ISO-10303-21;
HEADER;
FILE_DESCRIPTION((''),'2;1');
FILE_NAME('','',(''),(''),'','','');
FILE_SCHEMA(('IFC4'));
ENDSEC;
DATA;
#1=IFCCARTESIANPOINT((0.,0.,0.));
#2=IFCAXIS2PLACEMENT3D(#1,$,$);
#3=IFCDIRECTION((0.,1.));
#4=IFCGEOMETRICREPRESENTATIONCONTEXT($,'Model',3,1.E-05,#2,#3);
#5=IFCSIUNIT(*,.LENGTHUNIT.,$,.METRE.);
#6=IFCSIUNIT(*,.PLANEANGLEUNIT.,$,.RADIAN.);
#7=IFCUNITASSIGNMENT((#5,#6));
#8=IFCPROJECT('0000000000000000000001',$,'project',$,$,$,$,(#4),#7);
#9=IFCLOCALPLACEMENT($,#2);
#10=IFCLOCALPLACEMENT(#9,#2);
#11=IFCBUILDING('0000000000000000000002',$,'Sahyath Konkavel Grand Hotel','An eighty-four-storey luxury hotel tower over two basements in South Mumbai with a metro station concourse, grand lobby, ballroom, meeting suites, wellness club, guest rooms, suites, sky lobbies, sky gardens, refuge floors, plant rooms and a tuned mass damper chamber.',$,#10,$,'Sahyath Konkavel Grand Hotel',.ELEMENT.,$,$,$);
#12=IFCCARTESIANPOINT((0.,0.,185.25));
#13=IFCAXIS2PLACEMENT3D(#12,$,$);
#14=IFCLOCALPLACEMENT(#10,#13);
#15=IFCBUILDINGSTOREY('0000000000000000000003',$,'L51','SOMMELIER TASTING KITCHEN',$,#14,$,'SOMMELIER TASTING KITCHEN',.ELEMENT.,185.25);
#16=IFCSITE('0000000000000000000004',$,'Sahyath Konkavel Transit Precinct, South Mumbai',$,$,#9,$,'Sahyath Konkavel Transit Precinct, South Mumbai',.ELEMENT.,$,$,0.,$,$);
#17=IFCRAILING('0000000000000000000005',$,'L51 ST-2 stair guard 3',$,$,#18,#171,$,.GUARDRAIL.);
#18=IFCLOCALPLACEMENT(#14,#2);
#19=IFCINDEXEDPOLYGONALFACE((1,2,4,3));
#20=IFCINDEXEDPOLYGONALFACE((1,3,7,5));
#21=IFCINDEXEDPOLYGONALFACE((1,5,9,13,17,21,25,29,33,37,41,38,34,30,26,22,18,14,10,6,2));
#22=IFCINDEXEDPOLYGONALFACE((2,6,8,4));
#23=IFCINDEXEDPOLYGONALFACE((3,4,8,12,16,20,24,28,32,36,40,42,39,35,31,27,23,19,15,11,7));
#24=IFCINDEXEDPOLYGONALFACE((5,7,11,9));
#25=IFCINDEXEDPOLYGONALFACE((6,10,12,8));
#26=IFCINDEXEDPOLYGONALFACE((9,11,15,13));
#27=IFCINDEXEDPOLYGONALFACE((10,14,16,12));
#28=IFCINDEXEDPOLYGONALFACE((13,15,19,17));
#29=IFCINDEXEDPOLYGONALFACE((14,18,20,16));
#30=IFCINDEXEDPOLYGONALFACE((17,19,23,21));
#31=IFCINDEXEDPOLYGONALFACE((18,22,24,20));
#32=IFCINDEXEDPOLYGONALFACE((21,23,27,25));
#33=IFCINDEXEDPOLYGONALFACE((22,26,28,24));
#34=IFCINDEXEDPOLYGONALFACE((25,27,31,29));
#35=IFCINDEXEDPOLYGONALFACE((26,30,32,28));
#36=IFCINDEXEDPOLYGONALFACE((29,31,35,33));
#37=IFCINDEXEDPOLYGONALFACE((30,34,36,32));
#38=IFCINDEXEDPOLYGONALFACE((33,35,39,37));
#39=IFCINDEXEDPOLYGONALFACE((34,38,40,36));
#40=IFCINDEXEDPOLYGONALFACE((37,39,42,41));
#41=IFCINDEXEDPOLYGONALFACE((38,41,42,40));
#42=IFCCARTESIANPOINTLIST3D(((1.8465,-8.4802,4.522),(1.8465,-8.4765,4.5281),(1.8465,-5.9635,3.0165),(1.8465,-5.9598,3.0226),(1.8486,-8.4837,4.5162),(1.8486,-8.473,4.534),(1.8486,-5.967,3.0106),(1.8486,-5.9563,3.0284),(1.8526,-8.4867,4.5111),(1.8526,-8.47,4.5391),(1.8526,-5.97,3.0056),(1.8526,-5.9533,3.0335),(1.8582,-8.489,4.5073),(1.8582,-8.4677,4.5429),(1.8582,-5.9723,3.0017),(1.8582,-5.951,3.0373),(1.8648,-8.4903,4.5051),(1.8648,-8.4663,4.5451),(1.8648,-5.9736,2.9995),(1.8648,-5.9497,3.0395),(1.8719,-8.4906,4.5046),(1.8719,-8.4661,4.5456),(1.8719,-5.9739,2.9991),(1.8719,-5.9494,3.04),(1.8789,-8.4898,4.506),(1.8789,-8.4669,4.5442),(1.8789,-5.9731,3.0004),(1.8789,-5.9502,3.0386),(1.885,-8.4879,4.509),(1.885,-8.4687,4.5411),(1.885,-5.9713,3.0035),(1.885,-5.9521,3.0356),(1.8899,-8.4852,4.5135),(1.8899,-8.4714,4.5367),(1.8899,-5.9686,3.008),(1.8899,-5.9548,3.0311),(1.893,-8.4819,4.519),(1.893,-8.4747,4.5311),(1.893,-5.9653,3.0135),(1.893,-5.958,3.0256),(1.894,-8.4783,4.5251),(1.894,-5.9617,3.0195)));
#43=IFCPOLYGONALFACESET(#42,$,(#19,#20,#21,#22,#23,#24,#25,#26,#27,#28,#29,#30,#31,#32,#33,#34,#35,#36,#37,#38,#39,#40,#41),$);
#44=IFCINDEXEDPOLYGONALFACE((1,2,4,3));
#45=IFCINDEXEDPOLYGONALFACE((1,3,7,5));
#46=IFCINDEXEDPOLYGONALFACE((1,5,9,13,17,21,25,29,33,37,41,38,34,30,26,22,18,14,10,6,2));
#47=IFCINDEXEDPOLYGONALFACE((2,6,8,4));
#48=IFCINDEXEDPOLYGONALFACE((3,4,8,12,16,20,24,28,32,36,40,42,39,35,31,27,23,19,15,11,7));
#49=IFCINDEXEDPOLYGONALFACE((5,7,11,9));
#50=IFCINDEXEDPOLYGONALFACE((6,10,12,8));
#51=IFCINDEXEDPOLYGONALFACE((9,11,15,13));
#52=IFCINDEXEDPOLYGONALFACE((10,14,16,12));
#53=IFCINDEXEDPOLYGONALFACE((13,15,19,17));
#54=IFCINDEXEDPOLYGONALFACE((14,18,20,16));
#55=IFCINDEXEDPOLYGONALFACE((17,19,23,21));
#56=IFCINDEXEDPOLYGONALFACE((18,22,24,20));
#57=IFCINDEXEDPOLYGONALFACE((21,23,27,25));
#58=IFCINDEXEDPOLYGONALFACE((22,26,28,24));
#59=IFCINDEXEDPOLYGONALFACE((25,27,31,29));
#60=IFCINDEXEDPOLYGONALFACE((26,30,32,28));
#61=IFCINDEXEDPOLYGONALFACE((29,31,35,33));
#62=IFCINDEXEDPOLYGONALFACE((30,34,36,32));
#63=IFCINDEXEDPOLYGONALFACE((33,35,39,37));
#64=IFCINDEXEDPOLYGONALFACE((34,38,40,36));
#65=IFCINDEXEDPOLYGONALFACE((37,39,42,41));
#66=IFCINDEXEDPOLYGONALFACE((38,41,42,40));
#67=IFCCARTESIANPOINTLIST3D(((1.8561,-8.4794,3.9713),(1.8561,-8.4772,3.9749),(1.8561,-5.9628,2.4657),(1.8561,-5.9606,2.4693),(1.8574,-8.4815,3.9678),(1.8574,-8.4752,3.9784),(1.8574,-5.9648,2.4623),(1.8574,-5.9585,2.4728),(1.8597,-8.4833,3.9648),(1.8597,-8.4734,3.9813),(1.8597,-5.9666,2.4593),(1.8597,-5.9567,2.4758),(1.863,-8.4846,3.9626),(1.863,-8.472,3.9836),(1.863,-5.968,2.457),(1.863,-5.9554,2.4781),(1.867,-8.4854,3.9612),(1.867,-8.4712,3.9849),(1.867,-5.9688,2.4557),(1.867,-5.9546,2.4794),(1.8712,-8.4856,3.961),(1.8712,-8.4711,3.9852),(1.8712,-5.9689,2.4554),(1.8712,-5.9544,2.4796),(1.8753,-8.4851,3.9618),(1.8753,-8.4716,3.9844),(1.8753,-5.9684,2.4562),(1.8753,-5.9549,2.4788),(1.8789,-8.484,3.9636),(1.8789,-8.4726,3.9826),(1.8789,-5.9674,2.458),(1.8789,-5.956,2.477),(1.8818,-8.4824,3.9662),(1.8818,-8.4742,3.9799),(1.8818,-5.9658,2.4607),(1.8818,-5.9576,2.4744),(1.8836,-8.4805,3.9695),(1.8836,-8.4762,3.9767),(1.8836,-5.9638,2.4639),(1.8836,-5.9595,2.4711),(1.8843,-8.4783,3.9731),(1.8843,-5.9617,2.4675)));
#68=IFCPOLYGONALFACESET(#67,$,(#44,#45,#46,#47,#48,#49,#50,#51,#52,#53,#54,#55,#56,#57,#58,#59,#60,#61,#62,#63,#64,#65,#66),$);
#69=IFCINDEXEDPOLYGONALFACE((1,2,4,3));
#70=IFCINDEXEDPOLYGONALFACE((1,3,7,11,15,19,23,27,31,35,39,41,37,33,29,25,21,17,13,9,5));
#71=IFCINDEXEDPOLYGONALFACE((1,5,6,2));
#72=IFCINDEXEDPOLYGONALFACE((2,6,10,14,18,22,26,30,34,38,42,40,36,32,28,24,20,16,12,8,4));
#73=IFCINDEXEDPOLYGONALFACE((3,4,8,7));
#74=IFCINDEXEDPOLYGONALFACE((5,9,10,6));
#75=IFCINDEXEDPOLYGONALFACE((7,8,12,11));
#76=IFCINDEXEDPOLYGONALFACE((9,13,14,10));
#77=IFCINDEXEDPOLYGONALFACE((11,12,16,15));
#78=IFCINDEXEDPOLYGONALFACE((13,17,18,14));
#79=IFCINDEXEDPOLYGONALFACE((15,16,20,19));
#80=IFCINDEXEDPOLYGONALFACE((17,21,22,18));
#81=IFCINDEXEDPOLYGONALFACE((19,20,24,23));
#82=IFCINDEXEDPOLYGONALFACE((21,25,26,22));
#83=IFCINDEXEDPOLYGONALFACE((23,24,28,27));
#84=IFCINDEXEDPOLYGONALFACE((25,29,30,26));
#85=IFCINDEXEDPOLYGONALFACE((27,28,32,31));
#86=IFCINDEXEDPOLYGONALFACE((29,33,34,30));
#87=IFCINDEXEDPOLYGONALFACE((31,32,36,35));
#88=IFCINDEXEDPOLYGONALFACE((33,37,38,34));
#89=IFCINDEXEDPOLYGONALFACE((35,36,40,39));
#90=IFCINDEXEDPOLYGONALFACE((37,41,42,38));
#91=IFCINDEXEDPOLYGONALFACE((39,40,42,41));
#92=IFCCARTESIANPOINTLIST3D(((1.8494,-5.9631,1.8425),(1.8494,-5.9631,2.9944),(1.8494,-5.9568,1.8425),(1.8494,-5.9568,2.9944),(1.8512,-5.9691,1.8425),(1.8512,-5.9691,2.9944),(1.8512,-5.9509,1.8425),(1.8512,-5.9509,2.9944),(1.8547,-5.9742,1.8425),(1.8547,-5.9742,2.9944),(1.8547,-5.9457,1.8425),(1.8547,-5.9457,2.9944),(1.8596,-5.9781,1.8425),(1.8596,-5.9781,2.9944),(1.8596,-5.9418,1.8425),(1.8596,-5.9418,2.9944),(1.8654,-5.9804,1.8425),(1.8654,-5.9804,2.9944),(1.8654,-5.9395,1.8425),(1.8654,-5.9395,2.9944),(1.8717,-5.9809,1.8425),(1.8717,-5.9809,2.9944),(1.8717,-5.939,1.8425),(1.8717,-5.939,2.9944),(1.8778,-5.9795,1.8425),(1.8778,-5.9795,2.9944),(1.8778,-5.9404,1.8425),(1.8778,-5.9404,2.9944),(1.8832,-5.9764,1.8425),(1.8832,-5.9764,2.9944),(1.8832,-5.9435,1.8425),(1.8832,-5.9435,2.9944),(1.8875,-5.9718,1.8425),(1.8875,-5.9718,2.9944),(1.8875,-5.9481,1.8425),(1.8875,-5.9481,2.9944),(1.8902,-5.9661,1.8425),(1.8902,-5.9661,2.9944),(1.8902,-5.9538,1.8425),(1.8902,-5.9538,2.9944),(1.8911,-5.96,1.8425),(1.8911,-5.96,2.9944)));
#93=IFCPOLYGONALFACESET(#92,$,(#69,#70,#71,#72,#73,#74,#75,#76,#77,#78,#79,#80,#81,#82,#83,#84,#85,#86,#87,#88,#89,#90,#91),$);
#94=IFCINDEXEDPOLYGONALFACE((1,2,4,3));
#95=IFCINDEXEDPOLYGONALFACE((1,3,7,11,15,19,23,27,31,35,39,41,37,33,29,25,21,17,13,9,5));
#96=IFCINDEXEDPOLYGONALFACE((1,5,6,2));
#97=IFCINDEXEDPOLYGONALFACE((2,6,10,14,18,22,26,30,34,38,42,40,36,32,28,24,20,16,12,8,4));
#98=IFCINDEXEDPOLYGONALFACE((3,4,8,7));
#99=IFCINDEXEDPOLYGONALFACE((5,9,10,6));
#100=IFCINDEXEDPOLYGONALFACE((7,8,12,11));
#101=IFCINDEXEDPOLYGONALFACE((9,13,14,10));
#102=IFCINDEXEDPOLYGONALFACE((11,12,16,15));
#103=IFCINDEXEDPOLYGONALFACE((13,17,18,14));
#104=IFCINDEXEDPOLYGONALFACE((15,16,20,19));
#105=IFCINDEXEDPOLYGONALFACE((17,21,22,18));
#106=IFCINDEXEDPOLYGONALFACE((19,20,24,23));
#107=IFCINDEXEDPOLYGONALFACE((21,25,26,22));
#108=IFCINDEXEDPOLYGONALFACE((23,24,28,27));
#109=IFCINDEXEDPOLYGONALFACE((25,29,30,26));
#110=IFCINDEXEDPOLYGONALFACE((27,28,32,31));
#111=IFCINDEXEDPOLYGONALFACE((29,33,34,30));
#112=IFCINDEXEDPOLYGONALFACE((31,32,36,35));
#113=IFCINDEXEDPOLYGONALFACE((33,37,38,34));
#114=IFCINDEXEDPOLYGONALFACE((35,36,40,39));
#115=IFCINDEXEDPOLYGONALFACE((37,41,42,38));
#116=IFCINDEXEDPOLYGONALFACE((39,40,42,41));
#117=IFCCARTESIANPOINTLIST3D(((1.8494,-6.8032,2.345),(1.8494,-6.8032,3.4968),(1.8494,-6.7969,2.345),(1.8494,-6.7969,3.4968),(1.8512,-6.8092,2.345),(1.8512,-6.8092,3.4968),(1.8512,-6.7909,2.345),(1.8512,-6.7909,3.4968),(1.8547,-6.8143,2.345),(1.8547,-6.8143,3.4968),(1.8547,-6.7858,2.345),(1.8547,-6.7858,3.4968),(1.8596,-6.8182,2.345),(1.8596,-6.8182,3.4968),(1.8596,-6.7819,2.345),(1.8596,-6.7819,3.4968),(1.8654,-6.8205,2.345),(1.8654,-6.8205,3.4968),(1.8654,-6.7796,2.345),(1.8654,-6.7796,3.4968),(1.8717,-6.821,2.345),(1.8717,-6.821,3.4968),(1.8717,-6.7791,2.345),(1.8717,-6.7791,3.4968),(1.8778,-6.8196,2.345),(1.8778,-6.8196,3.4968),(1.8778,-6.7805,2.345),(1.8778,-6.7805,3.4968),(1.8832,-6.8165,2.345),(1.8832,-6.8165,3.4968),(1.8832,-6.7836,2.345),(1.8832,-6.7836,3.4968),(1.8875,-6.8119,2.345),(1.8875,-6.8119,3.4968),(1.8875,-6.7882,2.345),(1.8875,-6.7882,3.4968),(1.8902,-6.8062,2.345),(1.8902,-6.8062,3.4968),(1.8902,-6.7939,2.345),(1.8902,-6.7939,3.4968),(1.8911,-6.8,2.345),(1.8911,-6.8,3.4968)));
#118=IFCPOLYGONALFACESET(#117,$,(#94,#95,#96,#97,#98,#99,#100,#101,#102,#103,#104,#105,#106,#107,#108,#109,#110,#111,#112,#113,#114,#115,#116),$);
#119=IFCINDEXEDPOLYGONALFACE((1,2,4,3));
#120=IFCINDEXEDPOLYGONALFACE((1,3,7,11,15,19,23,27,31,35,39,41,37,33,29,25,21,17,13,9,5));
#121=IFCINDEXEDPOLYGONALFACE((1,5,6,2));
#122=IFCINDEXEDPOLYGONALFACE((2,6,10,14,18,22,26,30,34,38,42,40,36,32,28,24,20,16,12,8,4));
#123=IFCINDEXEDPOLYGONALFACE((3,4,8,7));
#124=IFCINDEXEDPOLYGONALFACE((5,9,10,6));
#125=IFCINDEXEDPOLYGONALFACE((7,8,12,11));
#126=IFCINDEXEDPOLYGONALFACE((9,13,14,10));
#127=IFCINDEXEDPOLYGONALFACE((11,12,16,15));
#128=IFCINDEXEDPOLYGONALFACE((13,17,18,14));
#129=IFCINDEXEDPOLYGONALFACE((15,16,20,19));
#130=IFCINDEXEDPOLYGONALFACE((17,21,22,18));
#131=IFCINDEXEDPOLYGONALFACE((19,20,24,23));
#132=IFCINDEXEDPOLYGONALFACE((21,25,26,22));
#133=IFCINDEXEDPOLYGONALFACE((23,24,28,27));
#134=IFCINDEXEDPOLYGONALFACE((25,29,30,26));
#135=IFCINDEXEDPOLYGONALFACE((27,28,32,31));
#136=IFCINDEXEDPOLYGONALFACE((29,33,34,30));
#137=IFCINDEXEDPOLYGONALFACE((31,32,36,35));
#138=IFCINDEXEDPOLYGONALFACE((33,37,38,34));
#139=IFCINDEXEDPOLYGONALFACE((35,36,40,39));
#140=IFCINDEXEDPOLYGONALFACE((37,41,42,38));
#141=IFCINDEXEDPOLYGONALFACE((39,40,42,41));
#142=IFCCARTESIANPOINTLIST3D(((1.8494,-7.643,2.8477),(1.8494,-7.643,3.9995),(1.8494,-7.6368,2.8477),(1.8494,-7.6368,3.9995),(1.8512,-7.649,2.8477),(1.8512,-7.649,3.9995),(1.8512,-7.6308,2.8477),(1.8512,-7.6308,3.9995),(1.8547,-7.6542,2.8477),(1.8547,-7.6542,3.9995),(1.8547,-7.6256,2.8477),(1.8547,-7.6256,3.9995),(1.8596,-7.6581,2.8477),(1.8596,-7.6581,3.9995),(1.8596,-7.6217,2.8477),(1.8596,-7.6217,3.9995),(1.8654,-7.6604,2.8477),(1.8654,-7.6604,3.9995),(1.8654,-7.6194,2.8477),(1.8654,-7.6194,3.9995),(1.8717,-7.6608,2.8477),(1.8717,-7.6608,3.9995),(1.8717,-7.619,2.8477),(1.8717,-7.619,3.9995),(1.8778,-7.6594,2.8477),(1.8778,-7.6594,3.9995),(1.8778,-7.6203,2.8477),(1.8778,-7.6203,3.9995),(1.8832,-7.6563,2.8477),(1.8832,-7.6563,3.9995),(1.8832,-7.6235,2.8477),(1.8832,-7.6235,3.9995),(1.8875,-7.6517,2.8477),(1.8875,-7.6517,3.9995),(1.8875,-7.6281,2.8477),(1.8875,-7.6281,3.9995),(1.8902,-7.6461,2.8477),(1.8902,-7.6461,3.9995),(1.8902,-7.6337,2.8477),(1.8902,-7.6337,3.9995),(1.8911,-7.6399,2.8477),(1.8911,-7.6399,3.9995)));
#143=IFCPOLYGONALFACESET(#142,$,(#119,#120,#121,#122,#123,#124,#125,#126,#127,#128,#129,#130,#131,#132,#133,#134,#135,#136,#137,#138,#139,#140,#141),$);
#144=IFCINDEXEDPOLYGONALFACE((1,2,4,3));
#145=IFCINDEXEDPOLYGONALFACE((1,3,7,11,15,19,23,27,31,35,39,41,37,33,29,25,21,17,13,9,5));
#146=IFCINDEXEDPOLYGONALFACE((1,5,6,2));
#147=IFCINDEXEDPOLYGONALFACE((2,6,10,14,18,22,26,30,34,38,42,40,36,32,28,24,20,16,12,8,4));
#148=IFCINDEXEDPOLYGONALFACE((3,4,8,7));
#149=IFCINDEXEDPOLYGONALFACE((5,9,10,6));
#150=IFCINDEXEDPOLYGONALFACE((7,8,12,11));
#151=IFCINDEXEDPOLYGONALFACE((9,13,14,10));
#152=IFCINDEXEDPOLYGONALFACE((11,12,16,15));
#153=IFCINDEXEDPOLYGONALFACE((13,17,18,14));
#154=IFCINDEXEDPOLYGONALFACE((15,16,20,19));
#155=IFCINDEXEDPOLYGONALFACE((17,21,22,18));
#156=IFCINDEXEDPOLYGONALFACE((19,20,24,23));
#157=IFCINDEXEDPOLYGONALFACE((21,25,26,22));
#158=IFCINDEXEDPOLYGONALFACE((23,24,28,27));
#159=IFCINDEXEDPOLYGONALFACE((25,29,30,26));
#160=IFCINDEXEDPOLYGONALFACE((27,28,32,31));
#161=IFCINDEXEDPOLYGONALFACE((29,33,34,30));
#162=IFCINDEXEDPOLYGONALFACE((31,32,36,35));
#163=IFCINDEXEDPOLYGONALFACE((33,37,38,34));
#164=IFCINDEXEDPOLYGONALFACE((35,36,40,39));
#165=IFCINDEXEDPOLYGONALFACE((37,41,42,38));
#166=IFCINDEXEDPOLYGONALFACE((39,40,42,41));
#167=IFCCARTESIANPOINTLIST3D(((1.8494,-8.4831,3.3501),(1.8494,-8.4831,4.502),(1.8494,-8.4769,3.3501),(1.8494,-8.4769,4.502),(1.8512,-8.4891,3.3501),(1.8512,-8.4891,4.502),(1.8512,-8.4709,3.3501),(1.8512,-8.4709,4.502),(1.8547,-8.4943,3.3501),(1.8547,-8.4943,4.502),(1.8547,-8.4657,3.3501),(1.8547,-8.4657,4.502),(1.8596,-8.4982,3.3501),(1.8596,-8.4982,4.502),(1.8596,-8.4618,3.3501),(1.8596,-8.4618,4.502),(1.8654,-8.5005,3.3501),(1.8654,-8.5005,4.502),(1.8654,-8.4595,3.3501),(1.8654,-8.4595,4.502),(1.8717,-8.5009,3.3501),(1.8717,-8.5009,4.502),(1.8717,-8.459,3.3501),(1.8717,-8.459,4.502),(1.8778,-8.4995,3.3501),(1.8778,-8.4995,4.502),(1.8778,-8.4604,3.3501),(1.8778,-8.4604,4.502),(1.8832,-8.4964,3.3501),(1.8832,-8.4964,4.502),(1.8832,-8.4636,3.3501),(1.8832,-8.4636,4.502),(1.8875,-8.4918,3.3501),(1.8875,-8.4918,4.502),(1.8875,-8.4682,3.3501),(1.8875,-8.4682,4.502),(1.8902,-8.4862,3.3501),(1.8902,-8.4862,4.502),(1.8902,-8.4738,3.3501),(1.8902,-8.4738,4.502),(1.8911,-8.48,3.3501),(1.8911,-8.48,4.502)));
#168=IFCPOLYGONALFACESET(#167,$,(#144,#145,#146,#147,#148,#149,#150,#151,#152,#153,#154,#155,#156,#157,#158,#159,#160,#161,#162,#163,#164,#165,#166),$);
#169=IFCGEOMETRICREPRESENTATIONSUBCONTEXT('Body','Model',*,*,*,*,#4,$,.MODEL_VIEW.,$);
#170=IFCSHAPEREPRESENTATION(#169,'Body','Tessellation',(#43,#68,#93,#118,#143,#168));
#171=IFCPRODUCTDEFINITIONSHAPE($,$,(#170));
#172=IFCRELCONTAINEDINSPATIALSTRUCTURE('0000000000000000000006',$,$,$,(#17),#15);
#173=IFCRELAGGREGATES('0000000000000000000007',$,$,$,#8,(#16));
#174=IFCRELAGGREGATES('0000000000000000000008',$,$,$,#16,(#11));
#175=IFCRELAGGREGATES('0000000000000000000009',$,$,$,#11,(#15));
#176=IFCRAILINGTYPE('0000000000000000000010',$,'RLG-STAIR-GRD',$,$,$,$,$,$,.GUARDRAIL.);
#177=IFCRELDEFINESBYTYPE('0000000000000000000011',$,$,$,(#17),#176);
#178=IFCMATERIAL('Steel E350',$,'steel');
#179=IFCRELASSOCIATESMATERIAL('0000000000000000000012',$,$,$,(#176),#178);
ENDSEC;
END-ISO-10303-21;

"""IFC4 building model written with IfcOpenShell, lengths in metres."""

from ifc_helpers import new_model, si_unit, direction, frame, origin, origin_2d, place, context, subcontext, project, spatial, circle, extrude, material, type_object, element, save


model = new_model("IFC4")

# Units and contexts
model_context = context("Model", 3, precision=1e-05, world=origin(), true_north=direction((0.0, 1.0)))
body_context = subcontext(model_context, "Body", "Model", "MODEL_VIEW")
ifc_project = project(units=[si_unit("LENGTHUNIT", "METRE"), si_unit("PLANEANGLEUNIT", "RADIAN")], contexts=[model_context])

# Site, building, storey
site_placement = place(None, origin())
site = spatial("IfcSite", under=ifc_project, at=site_placement, Name="Sahyath Konkavel Transit Precinct, South Mumbai", LongName="Sahyath Konkavel Transit Precinct, South Mumbai", CompositionType="ELEMENT", RefElevation=0.0)
building_placement = place(site_placement, origin())
building = spatial("IfcBuilding", under=site, at=building_placement, Name="Sahyath Konkavel Grand Hotel", Description="An eighty-four-storey luxury hotel tower over two basements in South Mumbai with a metro station concourse, grand lobby, ballroom, meeting suites, wellness club, guest rooms, suites, sky lobbies, sky gardens, refuge floors, plant rooms and a tuned mass damper chamber.", LongName="Sahyath Konkavel Grand Hotel", CompositionType="ELEMENT")
storey_placement = place(building_placement, frame((0.0, 0.0, 185.25)))
storey = spatial("IfcBuildingStorey", under=building, at=storey_placement, Name="L51", Description="SOMMELIER TASTING KITCHEN", LongName="SOMMELIER TASTING KITCHEN", CompositionType="ELEMENT", Elevation=185.25)

# Shared definitions
ifc_material_1 = material(Name="Steel E350", Category="steel")

# Railing
railing_type_1 = type_object("IfcRailingType", Name="RLG-STAIR-GRD", PredefinedType="GUARDRAIL", material=ifc_material_1)
railing_1_placement = place(storey_placement, frame((1.8701, -5.96, 1.8425)))
element("IfcRailing", 1, at=railing_1_placement, inside=storey, type_object=railing_type_1, Name="L51 ST-2 stair guard 3", PredefinedType="GUARDRAIL", context=body_context, shape_type="SweptSolid", body=[
    extrude(circle(Radius=0.0239, at=origin_2d()), frame((0.0, -0.0017, 1.177), z_axis=(0.0, -0.85816, 0.513383), x_axis=(1.0, 0.0, 0.0)), (0.0, 0.0, 1.0), 2.9326),
    extrude(circle(Radius=0.0142, at=origin_2d()), frame((0.0, -0.0017, 0.625), z_axis=(0.0, -0.85816, 0.513383), x_axis=(1.0, 0.0, 0.0)), (0.0, 0.0, 1.0), 2.9326),
    extrude(circle(Radius=0.021, at=origin_2d()), origin(), (0.0, 0.0, 1.0), 1.1519),
    extrude(circle(Radius=0.021, at=origin_2d()), frame((0.0, -0.8401, 0.5024)), (0.0, 0.0, 1.0), 1.1519),
    extrude(circle(Radius=0.021, at=origin_2d()), frame((0.0, -1.6799, 1.0051)), (0.0, 0.0, 1.0), 1.1519),
    extrude(circle(Radius=0.021, at=origin_2d()), frame((0.0, -2.52, 1.5076)), (0.0, 0.0, 1.0), 1.1519),
])

save(model, "model.ifc")
